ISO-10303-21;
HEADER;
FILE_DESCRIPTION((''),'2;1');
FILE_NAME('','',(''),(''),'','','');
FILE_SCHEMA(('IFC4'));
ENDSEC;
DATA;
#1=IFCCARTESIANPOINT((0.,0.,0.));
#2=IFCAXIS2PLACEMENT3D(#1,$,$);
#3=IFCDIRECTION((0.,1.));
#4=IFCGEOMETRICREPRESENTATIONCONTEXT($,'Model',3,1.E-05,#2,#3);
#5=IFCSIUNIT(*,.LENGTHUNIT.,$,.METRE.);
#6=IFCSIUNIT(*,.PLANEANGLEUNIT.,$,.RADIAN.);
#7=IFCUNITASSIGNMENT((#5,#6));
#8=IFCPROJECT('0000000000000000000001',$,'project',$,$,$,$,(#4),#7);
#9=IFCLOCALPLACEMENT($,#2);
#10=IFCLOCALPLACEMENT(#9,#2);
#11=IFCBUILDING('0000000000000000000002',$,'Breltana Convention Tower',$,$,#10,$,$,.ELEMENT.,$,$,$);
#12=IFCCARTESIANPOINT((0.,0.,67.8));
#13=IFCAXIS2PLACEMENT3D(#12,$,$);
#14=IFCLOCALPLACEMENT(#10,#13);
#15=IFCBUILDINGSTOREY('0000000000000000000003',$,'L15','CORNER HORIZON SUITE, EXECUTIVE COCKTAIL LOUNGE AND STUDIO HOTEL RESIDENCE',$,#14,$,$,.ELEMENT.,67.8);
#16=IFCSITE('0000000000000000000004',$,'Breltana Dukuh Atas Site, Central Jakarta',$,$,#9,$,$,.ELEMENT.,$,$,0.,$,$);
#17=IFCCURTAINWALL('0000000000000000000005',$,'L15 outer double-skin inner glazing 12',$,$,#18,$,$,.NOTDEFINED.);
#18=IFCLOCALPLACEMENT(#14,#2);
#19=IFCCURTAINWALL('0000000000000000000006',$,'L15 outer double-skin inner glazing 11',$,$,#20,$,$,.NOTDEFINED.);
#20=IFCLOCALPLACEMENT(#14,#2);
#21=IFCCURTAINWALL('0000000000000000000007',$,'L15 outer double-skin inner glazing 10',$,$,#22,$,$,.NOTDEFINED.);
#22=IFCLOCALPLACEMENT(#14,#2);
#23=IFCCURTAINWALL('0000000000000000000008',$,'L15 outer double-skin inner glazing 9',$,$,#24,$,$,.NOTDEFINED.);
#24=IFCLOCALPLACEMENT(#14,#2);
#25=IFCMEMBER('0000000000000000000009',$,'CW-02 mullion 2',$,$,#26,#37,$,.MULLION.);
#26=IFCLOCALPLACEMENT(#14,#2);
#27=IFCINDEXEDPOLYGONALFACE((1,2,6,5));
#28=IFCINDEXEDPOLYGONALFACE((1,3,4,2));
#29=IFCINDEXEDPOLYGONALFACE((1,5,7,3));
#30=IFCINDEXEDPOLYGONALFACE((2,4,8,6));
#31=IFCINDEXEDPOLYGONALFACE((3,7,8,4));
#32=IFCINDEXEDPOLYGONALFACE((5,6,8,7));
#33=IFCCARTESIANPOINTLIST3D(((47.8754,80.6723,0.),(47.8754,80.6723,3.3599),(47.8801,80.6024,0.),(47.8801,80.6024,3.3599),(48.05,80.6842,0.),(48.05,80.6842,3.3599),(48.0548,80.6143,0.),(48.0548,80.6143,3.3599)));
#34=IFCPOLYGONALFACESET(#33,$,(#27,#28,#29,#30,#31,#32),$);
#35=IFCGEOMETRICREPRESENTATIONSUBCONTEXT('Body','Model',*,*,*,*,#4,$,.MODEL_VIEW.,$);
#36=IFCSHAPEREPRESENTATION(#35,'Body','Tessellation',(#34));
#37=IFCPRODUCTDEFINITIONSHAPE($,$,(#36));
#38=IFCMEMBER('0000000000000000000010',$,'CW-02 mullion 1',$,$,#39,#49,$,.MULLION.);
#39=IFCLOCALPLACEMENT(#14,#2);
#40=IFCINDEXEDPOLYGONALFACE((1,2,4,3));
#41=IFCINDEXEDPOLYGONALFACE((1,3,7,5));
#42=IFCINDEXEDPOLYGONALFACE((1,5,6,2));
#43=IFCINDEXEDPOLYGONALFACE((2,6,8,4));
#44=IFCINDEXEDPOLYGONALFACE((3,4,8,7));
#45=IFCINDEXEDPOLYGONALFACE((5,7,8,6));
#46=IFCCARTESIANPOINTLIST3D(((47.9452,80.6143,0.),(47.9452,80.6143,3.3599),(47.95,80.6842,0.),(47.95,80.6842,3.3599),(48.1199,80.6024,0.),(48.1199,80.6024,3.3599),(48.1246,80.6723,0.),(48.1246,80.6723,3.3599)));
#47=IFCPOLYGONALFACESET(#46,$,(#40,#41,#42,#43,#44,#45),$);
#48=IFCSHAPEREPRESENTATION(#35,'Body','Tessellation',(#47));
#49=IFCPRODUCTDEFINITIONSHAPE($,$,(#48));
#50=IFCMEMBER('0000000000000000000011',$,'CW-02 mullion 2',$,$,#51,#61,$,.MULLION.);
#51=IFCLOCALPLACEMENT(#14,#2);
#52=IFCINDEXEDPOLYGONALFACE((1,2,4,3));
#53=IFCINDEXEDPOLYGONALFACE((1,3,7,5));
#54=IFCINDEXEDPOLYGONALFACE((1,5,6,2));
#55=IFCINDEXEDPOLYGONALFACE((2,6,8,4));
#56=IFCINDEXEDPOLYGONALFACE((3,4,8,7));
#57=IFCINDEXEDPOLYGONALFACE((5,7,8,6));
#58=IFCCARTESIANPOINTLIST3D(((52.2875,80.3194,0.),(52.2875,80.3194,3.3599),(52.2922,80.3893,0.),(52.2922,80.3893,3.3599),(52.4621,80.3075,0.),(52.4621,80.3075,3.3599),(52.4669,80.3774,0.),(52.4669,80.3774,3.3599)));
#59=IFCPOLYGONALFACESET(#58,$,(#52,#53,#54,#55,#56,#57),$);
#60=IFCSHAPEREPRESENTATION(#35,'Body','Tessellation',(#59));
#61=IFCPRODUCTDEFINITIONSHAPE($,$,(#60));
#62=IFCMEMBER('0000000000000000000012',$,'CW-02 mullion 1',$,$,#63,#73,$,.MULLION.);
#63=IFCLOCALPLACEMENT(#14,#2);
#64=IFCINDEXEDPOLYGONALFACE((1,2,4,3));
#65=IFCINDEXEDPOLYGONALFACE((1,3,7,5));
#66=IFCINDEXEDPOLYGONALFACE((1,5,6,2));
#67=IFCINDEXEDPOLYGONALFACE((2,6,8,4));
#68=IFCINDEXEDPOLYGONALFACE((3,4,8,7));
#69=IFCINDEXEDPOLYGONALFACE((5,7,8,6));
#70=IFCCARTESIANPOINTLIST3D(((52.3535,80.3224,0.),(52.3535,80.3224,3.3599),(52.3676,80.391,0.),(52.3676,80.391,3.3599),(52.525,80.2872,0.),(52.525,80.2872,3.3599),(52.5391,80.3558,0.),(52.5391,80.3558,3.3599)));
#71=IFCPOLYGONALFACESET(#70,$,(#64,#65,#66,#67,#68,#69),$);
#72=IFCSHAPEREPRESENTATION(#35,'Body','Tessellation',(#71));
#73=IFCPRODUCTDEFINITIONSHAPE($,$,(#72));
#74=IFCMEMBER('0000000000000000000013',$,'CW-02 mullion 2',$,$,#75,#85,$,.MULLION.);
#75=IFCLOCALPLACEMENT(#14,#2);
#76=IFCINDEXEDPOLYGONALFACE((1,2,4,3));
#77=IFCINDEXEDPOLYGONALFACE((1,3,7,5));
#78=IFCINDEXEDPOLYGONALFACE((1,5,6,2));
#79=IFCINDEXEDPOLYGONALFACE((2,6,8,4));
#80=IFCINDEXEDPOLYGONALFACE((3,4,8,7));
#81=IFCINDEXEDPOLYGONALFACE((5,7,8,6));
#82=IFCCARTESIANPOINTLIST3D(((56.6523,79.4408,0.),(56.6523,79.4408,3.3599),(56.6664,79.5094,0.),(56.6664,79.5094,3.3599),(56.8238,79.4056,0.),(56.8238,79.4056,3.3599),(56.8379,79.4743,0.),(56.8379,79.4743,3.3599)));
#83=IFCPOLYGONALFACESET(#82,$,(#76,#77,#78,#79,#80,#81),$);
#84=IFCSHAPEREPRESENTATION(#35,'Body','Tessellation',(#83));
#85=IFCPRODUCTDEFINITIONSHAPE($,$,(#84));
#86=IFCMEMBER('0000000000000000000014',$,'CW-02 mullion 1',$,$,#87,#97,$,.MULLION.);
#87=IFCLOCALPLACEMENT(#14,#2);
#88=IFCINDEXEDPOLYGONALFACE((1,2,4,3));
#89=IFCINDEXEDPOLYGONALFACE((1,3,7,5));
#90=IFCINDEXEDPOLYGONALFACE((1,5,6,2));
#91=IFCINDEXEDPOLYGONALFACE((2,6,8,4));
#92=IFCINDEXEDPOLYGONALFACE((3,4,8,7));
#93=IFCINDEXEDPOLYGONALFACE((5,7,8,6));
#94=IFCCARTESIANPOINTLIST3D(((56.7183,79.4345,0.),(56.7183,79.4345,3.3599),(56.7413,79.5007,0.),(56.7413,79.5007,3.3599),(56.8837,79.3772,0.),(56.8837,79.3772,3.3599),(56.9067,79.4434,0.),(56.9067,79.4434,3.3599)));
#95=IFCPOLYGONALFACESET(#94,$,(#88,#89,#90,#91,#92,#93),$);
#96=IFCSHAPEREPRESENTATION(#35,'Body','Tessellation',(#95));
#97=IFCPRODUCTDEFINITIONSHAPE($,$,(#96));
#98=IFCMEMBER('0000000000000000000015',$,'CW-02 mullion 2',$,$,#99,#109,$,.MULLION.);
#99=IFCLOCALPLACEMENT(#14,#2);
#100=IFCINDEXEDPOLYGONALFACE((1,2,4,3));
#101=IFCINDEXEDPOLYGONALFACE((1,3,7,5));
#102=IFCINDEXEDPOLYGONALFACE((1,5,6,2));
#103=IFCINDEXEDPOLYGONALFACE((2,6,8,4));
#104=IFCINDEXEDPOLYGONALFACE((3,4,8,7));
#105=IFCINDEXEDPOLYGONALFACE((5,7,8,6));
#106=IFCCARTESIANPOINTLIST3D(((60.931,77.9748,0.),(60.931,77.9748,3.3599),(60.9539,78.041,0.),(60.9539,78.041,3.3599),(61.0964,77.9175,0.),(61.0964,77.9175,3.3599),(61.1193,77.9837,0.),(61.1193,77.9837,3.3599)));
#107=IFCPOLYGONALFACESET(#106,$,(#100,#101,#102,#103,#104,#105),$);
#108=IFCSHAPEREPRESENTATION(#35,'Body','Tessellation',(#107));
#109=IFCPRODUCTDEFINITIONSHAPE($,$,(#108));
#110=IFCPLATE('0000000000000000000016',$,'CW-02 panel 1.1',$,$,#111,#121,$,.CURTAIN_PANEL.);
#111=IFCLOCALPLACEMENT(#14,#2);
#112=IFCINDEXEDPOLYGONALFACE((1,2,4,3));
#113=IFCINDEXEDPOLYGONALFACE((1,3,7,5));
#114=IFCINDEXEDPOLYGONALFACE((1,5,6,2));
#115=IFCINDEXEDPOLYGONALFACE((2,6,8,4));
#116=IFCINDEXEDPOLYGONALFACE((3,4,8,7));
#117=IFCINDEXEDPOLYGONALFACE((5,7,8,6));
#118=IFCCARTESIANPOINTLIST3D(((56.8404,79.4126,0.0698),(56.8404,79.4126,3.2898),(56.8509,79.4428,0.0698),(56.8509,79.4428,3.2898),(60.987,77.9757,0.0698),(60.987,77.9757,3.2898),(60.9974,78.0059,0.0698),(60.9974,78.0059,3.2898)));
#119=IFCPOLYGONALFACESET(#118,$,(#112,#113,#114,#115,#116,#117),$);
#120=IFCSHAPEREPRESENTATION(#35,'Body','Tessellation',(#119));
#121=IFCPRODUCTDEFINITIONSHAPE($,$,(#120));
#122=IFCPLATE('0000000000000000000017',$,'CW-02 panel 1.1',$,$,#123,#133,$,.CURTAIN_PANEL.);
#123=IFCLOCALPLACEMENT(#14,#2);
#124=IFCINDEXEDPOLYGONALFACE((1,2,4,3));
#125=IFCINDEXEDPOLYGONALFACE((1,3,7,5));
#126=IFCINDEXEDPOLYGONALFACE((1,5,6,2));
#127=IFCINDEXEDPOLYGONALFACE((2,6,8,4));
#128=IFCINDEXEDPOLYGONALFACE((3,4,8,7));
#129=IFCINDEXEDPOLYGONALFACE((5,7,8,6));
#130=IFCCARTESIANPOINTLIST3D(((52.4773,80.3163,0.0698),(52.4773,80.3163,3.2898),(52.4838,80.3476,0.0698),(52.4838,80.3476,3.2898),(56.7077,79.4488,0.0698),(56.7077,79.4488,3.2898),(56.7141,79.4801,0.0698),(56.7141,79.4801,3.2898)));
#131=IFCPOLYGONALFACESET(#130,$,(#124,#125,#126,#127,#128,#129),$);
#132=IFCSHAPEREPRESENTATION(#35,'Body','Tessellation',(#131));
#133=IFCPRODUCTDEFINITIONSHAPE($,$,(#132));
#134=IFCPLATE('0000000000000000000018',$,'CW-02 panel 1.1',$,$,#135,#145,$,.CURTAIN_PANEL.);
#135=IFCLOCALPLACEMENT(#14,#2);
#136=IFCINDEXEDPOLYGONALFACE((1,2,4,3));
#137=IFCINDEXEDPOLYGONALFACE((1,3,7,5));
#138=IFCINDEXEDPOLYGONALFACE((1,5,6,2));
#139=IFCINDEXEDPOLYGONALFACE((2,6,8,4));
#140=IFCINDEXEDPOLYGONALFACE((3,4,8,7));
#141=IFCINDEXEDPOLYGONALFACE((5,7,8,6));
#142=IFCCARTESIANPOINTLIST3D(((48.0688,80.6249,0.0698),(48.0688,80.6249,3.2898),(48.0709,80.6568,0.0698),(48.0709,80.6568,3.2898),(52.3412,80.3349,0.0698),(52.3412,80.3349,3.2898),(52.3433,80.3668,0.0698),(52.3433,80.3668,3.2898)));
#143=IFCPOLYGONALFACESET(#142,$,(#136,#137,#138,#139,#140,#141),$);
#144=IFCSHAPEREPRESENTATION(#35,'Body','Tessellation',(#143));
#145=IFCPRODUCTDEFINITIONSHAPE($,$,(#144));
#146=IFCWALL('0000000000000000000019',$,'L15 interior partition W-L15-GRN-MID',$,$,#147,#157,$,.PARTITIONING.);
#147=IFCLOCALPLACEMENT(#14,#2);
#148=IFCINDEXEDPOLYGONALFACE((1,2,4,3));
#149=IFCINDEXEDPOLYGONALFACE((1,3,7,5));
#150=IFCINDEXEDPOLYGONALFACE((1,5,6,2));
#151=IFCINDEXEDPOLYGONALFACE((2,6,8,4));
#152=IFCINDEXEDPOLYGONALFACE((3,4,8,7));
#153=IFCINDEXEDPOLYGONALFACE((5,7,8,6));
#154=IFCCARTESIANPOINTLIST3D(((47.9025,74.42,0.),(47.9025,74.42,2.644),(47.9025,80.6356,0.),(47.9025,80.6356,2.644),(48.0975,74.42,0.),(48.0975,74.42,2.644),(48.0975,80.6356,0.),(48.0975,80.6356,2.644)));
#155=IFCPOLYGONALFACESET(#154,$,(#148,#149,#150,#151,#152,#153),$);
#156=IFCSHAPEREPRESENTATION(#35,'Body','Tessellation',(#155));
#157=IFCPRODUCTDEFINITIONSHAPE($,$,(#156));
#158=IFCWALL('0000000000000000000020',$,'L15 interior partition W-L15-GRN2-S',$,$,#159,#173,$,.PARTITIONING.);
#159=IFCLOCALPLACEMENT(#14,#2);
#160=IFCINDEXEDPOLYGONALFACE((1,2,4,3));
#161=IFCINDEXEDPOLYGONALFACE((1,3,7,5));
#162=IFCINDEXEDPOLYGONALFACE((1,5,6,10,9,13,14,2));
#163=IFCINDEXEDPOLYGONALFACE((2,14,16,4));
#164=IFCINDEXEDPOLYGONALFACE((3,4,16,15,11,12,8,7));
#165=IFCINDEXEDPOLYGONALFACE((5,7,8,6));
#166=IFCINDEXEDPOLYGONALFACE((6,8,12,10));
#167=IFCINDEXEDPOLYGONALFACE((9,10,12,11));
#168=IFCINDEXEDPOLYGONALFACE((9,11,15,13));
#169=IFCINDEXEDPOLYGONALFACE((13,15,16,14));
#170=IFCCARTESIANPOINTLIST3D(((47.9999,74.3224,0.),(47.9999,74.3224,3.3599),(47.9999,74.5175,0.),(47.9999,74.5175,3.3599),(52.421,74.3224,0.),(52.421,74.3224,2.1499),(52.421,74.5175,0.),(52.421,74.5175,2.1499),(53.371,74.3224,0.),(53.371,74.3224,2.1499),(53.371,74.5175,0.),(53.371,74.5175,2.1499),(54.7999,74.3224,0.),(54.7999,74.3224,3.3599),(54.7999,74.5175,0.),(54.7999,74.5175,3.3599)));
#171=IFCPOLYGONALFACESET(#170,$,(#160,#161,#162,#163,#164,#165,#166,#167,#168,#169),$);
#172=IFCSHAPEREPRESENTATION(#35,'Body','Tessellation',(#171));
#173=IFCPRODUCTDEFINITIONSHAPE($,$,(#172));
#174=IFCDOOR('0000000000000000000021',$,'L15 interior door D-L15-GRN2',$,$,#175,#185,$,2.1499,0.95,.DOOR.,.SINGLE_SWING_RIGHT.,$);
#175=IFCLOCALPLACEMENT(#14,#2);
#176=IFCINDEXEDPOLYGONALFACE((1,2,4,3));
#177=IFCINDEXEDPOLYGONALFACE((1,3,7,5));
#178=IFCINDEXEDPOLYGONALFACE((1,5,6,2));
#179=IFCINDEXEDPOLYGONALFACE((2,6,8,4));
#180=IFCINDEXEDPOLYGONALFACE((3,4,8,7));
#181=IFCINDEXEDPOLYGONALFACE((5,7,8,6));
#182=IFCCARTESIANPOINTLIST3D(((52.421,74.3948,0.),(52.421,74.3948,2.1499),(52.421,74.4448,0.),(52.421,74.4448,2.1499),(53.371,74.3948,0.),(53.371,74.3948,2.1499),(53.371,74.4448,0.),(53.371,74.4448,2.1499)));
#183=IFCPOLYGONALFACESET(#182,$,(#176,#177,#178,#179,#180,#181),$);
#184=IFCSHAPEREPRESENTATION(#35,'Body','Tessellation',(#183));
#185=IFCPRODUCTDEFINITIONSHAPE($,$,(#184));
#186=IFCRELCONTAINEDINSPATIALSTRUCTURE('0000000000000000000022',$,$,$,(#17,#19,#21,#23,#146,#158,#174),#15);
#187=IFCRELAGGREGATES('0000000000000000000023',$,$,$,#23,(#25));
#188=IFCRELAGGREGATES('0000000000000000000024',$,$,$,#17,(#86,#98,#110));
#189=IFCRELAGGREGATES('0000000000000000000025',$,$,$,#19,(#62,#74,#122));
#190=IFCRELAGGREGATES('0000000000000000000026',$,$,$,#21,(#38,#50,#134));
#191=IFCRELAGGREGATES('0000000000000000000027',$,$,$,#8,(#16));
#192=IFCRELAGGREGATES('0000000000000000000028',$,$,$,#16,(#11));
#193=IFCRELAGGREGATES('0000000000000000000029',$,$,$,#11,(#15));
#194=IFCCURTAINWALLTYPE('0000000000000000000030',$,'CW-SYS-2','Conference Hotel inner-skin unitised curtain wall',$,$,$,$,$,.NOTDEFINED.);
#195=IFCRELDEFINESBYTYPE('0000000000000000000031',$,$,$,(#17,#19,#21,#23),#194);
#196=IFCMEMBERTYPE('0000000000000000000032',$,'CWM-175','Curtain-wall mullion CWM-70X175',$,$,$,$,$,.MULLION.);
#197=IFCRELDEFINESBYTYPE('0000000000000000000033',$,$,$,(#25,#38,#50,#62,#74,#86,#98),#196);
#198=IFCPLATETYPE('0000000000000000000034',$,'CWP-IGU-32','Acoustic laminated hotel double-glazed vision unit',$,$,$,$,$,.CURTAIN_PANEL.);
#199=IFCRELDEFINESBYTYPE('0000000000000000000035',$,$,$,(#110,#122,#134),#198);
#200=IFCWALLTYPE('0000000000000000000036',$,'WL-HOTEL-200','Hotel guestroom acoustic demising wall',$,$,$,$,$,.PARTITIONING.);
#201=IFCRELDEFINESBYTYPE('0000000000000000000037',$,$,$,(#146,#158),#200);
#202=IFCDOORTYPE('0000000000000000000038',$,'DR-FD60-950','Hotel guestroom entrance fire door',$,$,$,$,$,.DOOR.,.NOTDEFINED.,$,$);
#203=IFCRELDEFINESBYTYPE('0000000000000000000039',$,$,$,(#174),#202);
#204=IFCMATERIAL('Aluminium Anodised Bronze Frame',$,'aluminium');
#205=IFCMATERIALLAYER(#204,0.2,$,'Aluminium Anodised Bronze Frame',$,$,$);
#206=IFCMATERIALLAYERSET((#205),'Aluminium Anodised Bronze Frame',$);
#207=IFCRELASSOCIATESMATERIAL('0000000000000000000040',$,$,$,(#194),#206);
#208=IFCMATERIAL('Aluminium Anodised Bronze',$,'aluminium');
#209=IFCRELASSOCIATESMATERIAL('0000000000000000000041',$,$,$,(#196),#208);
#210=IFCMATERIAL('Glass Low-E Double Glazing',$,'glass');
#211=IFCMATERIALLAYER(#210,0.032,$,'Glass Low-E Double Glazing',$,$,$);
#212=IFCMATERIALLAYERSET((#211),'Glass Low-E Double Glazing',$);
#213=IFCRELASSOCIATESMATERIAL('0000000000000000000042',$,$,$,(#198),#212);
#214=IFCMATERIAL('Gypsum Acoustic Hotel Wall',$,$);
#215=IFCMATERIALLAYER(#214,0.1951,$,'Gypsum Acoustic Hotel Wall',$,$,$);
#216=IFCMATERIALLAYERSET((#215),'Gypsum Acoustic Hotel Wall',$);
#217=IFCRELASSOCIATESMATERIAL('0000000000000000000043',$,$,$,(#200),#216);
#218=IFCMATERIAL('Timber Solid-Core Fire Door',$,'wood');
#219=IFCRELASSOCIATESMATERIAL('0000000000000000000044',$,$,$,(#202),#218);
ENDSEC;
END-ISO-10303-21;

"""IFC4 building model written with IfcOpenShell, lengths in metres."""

from ifc_helpers import new_model, si_unit, direction, frame, frame_2d, origin, origin_2d, place, context, subcontext, project, spatial, rectangle, extrude, source, transform, mapped, material, layer, layer_set, material_profile, profile_set, type_object, type_shapes, element, fill, aggregate, save


model = new_model("IFC4")

# Units and contexts
model_context = context("Model", 3, precision=1e-05, world=origin(), true_north=direction((0.0, 1.0)))
body_context = subcontext(model_context, "Body", "Model", "MODEL_VIEW")
ifc_project = project(units=[si_unit("LENGTHUNIT", "METRE"), si_unit("PLANEANGLEUNIT", "RADIAN")], contexts=[model_context])

# Site, building, storey
site_placement = place(None, origin())
site = spatial("IfcSite", under=ifc_project, at=site_placement, Name="Breltana Dukuh Atas Site, Central Jakarta", CompositionType="ELEMENT", RefElevation=0.0)
building_placement = place(site_placement, origin())
building = spatial("IfcBuilding", under=site, at=building_placement, Name="Breltana Convention Tower", CompositionType="ELEMENT")
storey_placement = place(building_placement, frame((0.0, 0.0, 67.8)))
storey = spatial("IfcBuildingStorey", under=building, at=storey_placement, Name="L15", Description="CORNER HORIZON SUITE, EXECUTIVE COCKTAIL LOUNGE AND STUDIO HOTEL RESIDENCE", CompositionType="ELEMENT", Elevation=67.8)

# Curtain walls
ifc_material_1 = material(Name="Aluminium Anodised Bronze Frame", Category="aluminium")
ifc_layer_1 = layer(ifc_material_1, 0.2, Name="Aluminium Anodised Bronze Frame")
ifc_layer_set_1 = layer_set([ifc_layer_1], Name="Aluminium Anodised Bronze Frame")
curtain_wall_type = type_object("IfcCurtainWallType", Name="CW-SYS-2", Description="Conference Hotel inner-skin unitised curtain wall", PredefinedType="NOTDEFINED", material=ifc_layer_set_1)
curtain_wall_1_placement = place(storey_placement, origin())
curtain_wall_1 = element("IfcCurtainWall", 1, at=curtain_wall_1_placement, inside=storey, type_object=curtain_wall_type, Name="L15 outer double-skin inner glazing 12", PredefinedType="NOTDEFINED")
ifc_material_2 = material(Name="Aluminium Anodised Bronze", Category="aluminium")
curtain_wall_2_placement = place(storey_placement, origin())
curtain_wall_2 = element("IfcCurtainWall", 2, at=curtain_wall_2_placement, inside=storey, type_object=curtain_wall_type, Name="L15 outer double-skin inner glazing 11", PredefinedType="NOTDEFINED")
curtain_wall_3_placement = place(storey_placement, origin())
curtain_wall_3 = element("IfcCurtainWall", 3, at=curtain_wall_3_placement, inside=storey, type_object=curtain_wall_type, Name="L15 outer double-skin inner glazing 10", PredefinedType="NOTDEFINED")

# Curtain wall, member
curtain_wall_4_placement = place(storey_placement, origin())
curtain_wall_4 = element("IfcCurtainWall", 4, at=curtain_wall_4_placement, inside=storey, type_object=curtain_wall_type, Name="L15 outer double-skin inner glazing 9", PredefinedType="NOTDEFINED")
ifc_material_profile_1 = material_profile(ifc_material_2, rectangle(XDim=0.0701, YDim=0.175, at=origin_2d()), Name="CWM-70X175")
ifc_profile_set_1 = profile_set([ifc_material_profile_1], Name="Aluminium Anodised Bronze")
member_type_1 = type_object("IfcMemberType", Name="CWM-175", Description="Curtain-wall mullion CWM-70X175", PredefinedType="MULLION", material=ifc_profile_set_1)
shared_shape_1 = source(origin(), body_context, "Body", "SweptSolid", [
    extrude(rectangle(XDim=0.0701, YDim=0.175, at=origin_2d()), origin(), (0.0, 0.0, 1.0), 3.3599),
])
member_1_placement = place(storey_placement, frame((47.9651, 80.6433, 0.0), z_axis=(0.0, 0.0, 1.0), x_axis=(-0.067726, 0.997704, 0.0)))
member_1 = element("IfcMember", 5, at=member_1_placement, type_object=member_type_1, Name="CW-02 mullion 2", PredefinedType="MULLION", context=body_context, shape_type="MappedRepresentation", body=[
    mapped(shared_shape_1, transform((0.0, 0.0, 0.0), scale=1.0)),
])
aggregate(curtain_wall_4, [member_1])

# Members
member_2_placement = place(storey_placement, frame((48.0349, 80.6433, 0.0), z_axis=(0.0, 0.0, 1.0), x_axis=(0.067726, 0.997704, 0.0)))
member_2 = element("IfcMember", 6, at=member_2_placement, type_object=member_type_1, Name="CW-02 mullion 1", PredefinedType="MULLION", context=body_context, shape_type="MappedRepresentation", body=[
    mapped(shared_shape_1, transform((0.0, 0.0, 0.0), scale=1.0)),
])
member_3_placement = place(storey_placement, frame((52.3772, 80.3484, 0.0), z_axis=(0.0, 0.0, 1.0), x_axis=(0.067726, 0.997704, 0.0)))
member_3 = element("IfcMember", 7, at=member_3_placement, type_object=member_type_1, Name="CW-02 mullion 2", PredefinedType="MULLION", context=body_context, shape_type="MappedRepresentation", body=[
    mapped(shared_shape_1, transform((0.0, 0.0, 0.0), scale=1.0)),
])
member_4_placement = place(storey_placement, frame((52.4463, 80.3391, 0.0), z_axis=(0.0, 0.0, 1.0), x_axis=(0.200885, 0.979615, 0.0)))
member_4 = element("IfcMember", 8, at=member_4_placement, type_object=member_type_1, Name="CW-02 mullion 1", PredefinedType="MULLION", context=body_context, shape_type="MappedRepresentation", body=[
    mapped(shared_shape_1, transform((0.0, 0.0, 0.0), scale=1.0)),
])
member_5_placement = place(storey_placement, frame((56.7451, 79.4575, 0.0), z_axis=(0.0, 0.0, 1.0), x_axis=(0.200885, 0.979615, 0.0)))
member_5 = element("IfcMember", 9, at=member_5_placement, type_object=member_type_1, Name="CW-02 mullion 2", PredefinedType="MULLION", context=body_context, shape_type="MappedRepresentation", body=[
    mapped(shared_shape_1, transform((0.0, 0.0, 0.0), scale=1.0)),
])
member_6_placement = place(storey_placement, frame((56.8125, 79.439, 0.0), z_axis=(0.0, 0.0, 1.0), x_axis=(0.327428, 0.944876, 0.0)))
member_6 = element("IfcMember", 10, at=member_6_placement, type_object=member_type_1, Name="CW-02 mullion 1", PredefinedType="MULLION", context=body_context, shape_type="MappedRepresentation", body=[
    mapped(shared_shape_1, transform((0.0, 0.0, 0.0), scale=1.0)),
])
member_7_placement = place(storey_placement, frame((61.0251, 77.9792, 0.0), z_axis=(0.0, 0.0, 1.0), x_axis=(0.327428, 0.944876, 0.0)))
member_7 = element("IfcMember", 11, at=member_7_placement, type_object=member_type_1, Name="CW-02 mullion 2", PredefinedType="MULLION", context=body_context, shape_type="MappedRepresentation", body=[
    mapped(shared_shape_1, transform((0.0, 0.0, 0.0), scale=1.0)),
])

# Plates
ifc_material_3 = material(Name="Glass Low-E Double Glazing", Category="glass")
ifc_layer_2 = layer(ifc_material_3, 0.032, Name="Glass Low-E Double Glazing")
ifc_layer_set_2 = layer_set([ifc_layer_2], Name="Glass Low-E Double Glazing")
plate_type = type_object("IfcPlateType", Name="CWP-IGU-32", Description="Acoustic laminated hotel double-glazed vision unit", PredefinedType="CURTAIN_PANEL", material=ifc_layer_set_2)
shared_shape_2 = source(origin(), body_context, "Body", "SweptSolid", [
    extrude(rectangle(XDim=4.3884, YDim=0.032, at=origin_2d()), origin(), (0.0, 0.0, 1.0), 3.22),
])
plate_1_placement = place(storey_placement, frame((58.9189, 78.7092, 0.0698), z_axis=(0.0, 0.0, 1.0), x_axis=(0.944876, -0.327428, 0.0)))
plate_1 = element("IfcPlate", 12, at=plate_1_placement, type_object=plate_type, Name="CW-02 panel 1.1", PredefinedType="CURTAIN_PANEL", context=body_context, shape_type="MappedRepresentation", body=[
    mapped(shared_shape_2, transform((0.0, 0.0, 0.0), scale=1.0)),
])
aggregate(curtain_wall_1, [member_6, member_7, plate_1])
shared_shape_3 = source(origin(), body_context, "Body", "SweptSolid", [
    extrude(rectangle(XDim=4.3184, YDim=0.032, at=origin_2d()), origin(), (0.0, 0.0, 1.0), 3.22),
])
plate_2_placement = place(storey_placement, frame((54.5957, 79.8982, 0.0698), z_axis=(0.0, 0.0, 1.0), x_axis=(0.979615, -0.200885, 0.0)))
plate_2 = element("IfcPlate", 13, at=plate_2_placement, type_object=plate_type, Name="CW-02 panel 1.1", PredefinedType="CURTAIN_PANEL", context=body_context, shape_type="MappedRepresentation", body=[
    mapped(shared_shape_3, transform((0.0, 0.0, 0.0), scale=1.0)),
])
aggregate(curtain_wall_2, [member_4, member_5, plate_2])
shared_shape_4 = source(origin(), body_context, "Body", "SweptSolid", [
    extrude(rectangle(XDim=4.2822, YDim=0.032, at=origin_2d()), origin(), (0.0, 0.0, 1.0), 3.22),
])
plate_3_placement = place(storey_placement, frame((50.2061, 80.4958, 0.0698), z_axis=(0.0, 0.0, 1.0), x_axis=(0.997704, -0.067726, 0.0)))
plate_3 = element("IfcPlate", 14, at=plate_3_placement, type_object=plate_type, Name="CW-02 panel 1.1", PredefinedType="CURTAIN_PANEL", context=body_context, shape_type="MappedRepresentation", body=[
    mapped(shared_shape_4, transform((0.0, 0.0, 0.0), scale=1.0)),
])
aggregate(curtain_wall_3, [member_2, member_3, plate_3])

# Wall
ifc_material_4 = material(Name="Gypsum Acoustic Hotel Wall")
ifc_layer_3 = layer(ifc_material_4, 0.1951, Name="Gypsum Acoustic Hotel Wall")
ifc_layer_set_3 = layer_set([ifc_layer_3], Name="Gypsum Acoustic Hotel Wall")
wall_type_1 = type_object("IfcWallType", Name="WL-HOTEL-200", Description="Hotel guestroom acoustic demising wall", PredefinedType="PARTITIONING", material=ifc_layer_set_3)
shared_shape_5 = source(origin(), body_context, "Body", "SweptSolid", [
    extrude(rectangle(XDim=6.2156, YDim=0.1951, at=frame_2d((3.1079, 0.0))), origin(), (0.0, 0.0, 1.0), 2.644),
])
wall_1_placement = place(storey_placement, frame((48.0, 74.4199, 0.0), z_axis=(0.0, 0.0, 1.0), x_axis=(0.0, 1.0, 0.0)))
element("IfcWall", 15, at=wall_1_placement, inside=storey, type_object=wall_type_1, Name="L15 interior partition W-L15-GRN-MID", PredefinedType="PARTITIONING", context=body_context, shape_type="MappedRepresentation", body=[
    mapped(shared_shape_5, transform((0.0, 0.0, 0.0), scale=1.0)),
])

# Wall, opening, door
shared_shape_6 = source(origin(), body_context, "Body", "SweptSolid", [
    extrude(rectangle(XDim=6.8, YDim=0.1951, at=frame_2d((3.3999, 0.0))), origin(), (0.0, 0.0, 1.0), 3.3599),
])
wall_2_placement = place(storey_placement, frame((48.0, 74.4199, 0.0), z_axis=(0.0, 0.0, 1.0), x_axis=(1.0, 0.0, 0.0)))
wall_2 = element("IfcWall", 16, at=wall_2_placement, inside=storey, type_object=wall_type_1, Name="L15 interior partition W-L15-GRN2-S", PredefinedType="PARTITIONING", context=body_context, shape_type="MappedRepresentation", body=[
    mapped(shared_shape_6, transform((0.0, 0.0, 0.0), scale=1.0)),
])
opening_1_placement = place(wall_2_placement, frame((4.4209, 0.0, 0.0)))
opening_1 = element("IfcOpeningElement", 17, at=opening_1_placement, cuts=wall_2, PredefinedType="OPENING", context=body_context, shape_type="SweptSolid", body=[
    extrude(rectangle(XDim=0.95, YDim=2.1499, at=frame_2d((0.4751, 1.075))), frame((0.0, 0.1074, 0.0), z_axis=(0.0, -1.0, 0.0), x_axis=(1.0, 0.0, 0.0)), (0.0, 0.0, 1.0), 0.2151),
])
ifc_material_5 = material(Name="Timber Solid-Core Fire Door", Category="wood")
door_type_1 = type_object("IfcDoorType", Name="DR-FD60-950", Description="Hotel guestroom entrance fire door", OperationType="NOTDEFINED", PredefinedType="DOOR", material=ifc_material_5)
shared_shape_7 = source(origin(), body_context, "Body", "SweptSolid", [
    extrude(rectangle(XDim=0.95, YDim=2.1499, at=frame_2d((0.4751, 1.075))), frame((0.0, 0.0249, 0.0), z_axis=(0.0, -1.0, 0.0), x_axis=(1.0, 0.0, 0.0)), (0.0, 0.0, 1.0), 0.05),
])
type_shapes(door_type_1, [shared_shape_7])
door_1_placement = place(opening_1_placement, origin())
door_1 = element("IfcDoor", 18, at=door_1_placement, inside=storey, type_object=door_type_1, Name="L15 interior door D-L15-GRN2", OperationType="SINGLE_SWING_RIGHT", OverallHeight=2.1499, OverallWidth=0.95, PredefinedType="DOOR", context=body_context, shape_type="MappedRepresentation", body=[
    mapped(shared_shape_7, transform((0.0, 0.0, 0.0), scale=1.0)),
])
fill(opening_1, door_1)

save(model, "model.ifc")
